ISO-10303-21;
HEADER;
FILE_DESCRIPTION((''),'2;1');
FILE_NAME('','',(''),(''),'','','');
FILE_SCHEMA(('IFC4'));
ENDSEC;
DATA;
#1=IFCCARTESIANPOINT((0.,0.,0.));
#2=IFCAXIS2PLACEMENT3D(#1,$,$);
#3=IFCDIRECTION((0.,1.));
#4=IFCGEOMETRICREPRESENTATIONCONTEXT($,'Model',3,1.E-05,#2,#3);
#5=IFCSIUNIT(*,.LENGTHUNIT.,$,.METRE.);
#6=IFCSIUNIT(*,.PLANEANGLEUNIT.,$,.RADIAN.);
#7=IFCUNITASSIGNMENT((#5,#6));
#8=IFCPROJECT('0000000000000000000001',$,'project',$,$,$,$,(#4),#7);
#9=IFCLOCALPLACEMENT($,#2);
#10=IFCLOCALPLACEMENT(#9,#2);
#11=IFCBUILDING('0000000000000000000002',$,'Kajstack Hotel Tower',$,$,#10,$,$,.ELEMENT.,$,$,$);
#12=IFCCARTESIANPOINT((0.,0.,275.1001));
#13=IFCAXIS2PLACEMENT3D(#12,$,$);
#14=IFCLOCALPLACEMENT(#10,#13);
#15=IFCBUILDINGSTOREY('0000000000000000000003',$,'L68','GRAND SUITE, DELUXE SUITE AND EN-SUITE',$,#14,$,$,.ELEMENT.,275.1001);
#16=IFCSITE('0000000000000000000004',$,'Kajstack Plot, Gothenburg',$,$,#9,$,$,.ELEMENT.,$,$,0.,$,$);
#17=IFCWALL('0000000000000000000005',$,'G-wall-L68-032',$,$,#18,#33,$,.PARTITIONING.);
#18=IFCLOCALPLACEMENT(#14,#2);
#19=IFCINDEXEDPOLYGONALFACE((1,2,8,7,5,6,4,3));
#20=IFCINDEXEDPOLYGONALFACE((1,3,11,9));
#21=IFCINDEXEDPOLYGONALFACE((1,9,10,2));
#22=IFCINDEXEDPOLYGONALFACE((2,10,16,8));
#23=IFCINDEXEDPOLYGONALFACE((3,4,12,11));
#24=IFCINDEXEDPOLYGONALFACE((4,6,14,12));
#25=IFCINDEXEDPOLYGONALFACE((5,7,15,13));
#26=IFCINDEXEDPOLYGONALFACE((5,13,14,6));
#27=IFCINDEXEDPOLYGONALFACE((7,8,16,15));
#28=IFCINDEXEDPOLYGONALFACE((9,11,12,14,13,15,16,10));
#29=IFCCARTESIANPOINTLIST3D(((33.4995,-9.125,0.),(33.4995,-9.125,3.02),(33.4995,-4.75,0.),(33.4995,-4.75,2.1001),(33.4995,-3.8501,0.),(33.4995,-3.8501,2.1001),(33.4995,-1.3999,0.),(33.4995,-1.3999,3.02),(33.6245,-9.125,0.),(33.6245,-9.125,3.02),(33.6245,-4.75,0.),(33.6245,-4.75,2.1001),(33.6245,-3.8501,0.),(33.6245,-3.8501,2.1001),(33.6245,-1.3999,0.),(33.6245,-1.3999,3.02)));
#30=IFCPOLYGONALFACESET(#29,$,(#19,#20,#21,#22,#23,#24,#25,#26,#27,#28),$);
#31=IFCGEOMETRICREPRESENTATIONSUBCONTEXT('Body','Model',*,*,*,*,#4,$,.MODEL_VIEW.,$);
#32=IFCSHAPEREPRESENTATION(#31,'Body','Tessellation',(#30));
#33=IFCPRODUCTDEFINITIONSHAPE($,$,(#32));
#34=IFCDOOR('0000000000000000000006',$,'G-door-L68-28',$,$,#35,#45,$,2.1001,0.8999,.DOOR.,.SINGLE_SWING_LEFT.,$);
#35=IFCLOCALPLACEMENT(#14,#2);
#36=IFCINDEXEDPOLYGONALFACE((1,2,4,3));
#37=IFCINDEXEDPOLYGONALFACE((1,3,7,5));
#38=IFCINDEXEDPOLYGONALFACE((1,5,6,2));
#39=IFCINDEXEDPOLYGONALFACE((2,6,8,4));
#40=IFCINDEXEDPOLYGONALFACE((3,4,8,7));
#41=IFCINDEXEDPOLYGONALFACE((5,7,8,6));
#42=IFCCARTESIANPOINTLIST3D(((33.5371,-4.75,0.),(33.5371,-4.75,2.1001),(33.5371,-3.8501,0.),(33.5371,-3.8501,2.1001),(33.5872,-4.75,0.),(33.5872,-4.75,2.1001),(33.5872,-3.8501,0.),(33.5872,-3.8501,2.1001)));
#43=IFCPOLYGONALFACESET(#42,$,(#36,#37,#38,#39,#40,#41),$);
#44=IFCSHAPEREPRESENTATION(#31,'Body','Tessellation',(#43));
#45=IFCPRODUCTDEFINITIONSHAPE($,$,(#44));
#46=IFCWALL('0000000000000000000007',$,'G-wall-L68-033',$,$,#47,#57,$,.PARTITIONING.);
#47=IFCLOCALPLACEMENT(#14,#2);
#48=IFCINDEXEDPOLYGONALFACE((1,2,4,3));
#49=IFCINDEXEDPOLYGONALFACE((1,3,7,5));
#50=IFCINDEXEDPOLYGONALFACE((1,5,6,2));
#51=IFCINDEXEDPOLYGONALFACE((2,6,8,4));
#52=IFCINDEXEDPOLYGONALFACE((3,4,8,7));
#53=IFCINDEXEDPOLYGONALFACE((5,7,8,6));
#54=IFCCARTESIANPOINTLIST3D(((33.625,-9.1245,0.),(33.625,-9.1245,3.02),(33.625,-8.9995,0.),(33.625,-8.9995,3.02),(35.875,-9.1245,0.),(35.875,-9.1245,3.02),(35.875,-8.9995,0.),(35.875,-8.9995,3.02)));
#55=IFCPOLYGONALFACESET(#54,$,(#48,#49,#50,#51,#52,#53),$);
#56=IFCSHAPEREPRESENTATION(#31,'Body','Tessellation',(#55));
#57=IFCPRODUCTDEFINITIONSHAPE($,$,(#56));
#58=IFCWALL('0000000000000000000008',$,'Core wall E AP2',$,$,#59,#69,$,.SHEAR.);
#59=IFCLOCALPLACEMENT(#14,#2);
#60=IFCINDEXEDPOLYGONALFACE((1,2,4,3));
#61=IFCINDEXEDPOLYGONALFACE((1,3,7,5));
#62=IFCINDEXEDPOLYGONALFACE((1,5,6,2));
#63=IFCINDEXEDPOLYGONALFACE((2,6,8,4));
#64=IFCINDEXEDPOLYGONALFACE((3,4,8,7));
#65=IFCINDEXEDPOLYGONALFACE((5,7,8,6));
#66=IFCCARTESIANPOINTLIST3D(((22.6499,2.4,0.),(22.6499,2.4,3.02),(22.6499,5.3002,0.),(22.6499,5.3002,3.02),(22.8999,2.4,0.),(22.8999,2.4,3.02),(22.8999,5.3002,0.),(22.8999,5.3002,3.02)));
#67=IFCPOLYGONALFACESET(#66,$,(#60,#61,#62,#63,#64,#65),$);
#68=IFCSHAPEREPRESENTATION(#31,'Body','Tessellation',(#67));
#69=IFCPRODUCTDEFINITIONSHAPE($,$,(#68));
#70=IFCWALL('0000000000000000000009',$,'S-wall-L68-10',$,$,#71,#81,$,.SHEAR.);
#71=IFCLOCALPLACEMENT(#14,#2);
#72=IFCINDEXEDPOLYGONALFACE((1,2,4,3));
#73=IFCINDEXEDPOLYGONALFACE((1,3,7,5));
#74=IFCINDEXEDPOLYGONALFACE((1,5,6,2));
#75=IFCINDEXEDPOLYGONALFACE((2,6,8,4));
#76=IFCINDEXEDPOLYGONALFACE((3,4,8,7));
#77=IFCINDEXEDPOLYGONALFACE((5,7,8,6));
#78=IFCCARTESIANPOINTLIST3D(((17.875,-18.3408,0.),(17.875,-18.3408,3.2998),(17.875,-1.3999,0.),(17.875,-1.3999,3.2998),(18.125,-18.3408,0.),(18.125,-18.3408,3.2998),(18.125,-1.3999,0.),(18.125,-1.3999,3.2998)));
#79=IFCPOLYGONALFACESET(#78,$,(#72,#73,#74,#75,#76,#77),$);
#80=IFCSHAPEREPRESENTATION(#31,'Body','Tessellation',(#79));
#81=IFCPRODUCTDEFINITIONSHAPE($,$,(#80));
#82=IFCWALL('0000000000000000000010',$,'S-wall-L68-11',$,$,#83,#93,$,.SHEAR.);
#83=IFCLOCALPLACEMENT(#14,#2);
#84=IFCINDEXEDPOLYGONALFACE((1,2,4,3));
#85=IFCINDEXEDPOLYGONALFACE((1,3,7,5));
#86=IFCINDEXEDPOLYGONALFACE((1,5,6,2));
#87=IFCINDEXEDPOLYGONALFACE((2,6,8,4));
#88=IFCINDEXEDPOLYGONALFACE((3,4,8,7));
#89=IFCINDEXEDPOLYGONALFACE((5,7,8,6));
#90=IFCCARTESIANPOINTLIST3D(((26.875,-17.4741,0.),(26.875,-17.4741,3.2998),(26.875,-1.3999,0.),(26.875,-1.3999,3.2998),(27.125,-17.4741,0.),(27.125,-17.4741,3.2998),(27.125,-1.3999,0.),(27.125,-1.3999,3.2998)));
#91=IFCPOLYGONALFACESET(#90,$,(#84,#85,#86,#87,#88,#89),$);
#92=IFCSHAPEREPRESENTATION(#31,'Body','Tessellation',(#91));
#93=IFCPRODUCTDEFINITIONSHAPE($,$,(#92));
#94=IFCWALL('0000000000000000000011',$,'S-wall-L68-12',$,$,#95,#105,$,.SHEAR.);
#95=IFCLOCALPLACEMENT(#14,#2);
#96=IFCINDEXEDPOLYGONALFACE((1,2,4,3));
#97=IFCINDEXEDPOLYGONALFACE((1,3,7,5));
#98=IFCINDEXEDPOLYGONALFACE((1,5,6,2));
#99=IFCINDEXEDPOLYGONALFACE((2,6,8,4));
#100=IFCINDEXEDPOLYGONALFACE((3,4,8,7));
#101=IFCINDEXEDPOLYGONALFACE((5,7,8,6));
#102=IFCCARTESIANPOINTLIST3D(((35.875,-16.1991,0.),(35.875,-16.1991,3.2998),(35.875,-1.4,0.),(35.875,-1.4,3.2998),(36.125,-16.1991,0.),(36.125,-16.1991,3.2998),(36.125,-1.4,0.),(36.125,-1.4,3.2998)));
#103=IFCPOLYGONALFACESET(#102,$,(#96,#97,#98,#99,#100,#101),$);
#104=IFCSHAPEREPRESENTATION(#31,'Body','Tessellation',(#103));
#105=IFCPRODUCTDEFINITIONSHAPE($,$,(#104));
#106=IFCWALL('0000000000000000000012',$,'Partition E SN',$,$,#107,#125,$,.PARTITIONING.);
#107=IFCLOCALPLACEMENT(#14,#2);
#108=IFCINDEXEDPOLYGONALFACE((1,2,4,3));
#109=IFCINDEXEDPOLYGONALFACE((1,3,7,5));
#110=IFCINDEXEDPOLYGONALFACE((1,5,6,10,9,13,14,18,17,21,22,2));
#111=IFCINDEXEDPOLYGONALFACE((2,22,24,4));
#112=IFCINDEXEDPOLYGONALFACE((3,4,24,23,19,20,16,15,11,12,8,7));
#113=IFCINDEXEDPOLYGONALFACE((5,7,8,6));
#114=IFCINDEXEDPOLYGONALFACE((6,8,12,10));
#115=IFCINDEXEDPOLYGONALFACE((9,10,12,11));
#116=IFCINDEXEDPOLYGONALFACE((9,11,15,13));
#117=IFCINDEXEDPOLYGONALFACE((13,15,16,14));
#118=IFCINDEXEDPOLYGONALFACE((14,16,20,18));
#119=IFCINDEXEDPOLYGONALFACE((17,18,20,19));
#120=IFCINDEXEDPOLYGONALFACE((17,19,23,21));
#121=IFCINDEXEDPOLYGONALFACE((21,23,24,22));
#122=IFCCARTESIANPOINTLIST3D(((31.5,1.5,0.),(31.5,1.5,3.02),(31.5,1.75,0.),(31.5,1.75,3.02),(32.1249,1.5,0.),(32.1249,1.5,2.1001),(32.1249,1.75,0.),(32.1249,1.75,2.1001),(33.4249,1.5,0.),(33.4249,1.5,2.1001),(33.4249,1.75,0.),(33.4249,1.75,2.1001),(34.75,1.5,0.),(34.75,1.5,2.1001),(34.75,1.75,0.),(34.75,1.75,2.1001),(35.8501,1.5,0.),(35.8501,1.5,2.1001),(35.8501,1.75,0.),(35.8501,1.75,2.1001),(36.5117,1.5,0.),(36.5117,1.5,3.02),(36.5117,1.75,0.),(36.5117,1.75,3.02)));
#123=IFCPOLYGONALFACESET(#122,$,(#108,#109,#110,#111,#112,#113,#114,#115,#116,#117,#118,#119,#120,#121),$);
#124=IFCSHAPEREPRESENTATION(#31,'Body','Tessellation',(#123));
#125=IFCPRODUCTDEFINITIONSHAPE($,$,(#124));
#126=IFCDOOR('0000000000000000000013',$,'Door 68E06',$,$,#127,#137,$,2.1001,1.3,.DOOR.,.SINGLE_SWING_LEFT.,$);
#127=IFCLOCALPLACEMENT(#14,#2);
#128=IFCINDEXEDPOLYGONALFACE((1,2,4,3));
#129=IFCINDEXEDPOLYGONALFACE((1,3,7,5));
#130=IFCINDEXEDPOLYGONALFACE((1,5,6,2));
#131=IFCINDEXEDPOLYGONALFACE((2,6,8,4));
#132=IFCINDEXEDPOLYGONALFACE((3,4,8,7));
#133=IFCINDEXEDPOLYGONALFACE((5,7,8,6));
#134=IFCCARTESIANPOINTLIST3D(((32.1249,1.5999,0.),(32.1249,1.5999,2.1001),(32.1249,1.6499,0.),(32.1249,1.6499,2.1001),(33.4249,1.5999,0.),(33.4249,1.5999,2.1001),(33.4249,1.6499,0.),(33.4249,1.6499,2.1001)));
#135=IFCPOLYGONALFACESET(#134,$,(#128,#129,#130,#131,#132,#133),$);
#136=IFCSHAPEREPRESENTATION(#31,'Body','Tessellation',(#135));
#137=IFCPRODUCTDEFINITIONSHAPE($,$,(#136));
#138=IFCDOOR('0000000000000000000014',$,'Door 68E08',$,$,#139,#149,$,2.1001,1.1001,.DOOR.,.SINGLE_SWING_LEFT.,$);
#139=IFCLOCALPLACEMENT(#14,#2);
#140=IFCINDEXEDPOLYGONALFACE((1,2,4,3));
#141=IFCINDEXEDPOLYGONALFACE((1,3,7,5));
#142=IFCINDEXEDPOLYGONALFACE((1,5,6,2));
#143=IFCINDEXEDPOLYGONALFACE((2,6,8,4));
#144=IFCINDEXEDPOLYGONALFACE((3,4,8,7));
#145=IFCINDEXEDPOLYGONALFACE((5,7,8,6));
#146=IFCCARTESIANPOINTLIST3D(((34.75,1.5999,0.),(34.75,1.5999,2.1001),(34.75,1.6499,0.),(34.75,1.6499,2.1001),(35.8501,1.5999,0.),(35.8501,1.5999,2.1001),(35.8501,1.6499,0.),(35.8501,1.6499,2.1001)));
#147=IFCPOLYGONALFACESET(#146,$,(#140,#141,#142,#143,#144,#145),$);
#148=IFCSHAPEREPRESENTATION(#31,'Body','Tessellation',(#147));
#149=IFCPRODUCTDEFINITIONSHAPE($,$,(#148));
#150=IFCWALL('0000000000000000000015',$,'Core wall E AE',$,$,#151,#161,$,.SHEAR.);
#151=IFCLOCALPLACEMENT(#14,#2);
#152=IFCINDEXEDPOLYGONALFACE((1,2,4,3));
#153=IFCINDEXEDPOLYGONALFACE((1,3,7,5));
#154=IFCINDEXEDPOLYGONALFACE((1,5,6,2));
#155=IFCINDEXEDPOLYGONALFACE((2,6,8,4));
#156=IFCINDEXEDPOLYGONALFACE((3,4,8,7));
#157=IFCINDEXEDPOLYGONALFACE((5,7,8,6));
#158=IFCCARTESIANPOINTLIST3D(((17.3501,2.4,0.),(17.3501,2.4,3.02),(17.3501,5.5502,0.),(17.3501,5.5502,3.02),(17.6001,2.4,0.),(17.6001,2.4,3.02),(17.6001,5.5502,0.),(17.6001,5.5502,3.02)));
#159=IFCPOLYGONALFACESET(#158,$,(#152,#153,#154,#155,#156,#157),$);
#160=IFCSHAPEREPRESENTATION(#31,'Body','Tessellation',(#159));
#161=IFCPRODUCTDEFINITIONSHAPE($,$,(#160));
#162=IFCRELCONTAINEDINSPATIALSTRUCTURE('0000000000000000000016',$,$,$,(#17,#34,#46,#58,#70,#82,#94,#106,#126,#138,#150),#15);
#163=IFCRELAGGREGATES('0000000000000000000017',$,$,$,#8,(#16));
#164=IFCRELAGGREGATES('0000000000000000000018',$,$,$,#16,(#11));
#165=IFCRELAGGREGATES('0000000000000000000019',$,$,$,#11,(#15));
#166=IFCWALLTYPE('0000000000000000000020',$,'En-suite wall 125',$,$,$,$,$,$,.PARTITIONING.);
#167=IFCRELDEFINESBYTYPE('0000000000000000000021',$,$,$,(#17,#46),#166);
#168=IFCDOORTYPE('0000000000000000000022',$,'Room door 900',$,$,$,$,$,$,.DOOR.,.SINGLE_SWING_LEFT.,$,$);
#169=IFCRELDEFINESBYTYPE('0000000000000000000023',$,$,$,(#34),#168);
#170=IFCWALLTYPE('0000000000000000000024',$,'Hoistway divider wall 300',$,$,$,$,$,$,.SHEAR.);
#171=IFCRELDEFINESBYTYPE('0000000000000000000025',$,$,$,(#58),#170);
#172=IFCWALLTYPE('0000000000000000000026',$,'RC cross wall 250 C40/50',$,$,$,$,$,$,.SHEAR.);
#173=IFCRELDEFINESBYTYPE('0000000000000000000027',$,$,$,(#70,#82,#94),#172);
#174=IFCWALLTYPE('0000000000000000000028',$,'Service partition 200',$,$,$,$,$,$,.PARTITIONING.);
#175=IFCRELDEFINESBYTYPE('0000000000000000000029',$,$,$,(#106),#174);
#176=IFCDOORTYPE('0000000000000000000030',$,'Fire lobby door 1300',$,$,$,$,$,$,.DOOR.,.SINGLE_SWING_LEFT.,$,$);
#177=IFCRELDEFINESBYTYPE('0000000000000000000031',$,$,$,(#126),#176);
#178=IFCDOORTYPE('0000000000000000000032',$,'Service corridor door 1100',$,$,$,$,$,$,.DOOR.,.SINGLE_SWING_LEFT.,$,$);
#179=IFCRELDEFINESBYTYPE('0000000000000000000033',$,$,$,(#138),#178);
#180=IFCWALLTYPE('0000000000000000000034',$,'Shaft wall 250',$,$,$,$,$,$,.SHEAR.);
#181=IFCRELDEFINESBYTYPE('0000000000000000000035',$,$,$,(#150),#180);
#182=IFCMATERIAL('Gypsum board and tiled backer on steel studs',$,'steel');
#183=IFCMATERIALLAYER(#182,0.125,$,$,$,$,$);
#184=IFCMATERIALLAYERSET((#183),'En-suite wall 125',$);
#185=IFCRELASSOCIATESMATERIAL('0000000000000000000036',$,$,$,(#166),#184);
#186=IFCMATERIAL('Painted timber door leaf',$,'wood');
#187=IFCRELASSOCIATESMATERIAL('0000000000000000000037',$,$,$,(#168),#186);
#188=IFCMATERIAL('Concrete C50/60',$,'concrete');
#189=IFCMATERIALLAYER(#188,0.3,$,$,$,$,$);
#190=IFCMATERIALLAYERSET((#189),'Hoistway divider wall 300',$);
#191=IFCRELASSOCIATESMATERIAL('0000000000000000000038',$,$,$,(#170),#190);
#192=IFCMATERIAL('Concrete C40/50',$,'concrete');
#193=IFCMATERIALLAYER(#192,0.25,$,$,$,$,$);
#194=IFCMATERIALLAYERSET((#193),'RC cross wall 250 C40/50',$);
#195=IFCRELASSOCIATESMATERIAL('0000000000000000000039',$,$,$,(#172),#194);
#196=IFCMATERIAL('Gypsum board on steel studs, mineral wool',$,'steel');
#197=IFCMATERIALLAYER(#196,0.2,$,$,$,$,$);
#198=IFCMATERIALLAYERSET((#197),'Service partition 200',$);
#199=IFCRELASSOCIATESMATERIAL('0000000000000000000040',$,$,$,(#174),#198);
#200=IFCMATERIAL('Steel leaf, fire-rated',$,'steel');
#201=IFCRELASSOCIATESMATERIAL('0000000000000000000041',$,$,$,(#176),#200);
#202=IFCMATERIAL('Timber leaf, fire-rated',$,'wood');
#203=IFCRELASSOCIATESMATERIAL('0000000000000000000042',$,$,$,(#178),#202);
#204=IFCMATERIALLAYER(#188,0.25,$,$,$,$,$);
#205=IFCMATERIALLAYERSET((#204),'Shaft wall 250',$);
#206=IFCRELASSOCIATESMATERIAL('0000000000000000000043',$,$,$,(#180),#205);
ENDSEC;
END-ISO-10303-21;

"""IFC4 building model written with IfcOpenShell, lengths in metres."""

from ifc_helpers import new_model, si_unit, direction, frame, frame_2d, origin, place, context, subcontext, project, spatial, rectangle, extrude, material, layer, layer_set, type_object, element, fill, save


model = new_model("IFC4")

# Units and contexts
model_context = context("Model", 3, precision=1e-05, world=origin(), true_north=direction((0.0, 1.0)))
body_context = subcontext(model_context, "Body", "Model", "MODEL_VIEW")
ifc_project = project(units=[si_unit("LENGTHUNIT", "METRE"), si_unit("PLANEANGLEUNIT", "RADIAN")], contexts=[model_context])

# Site, building, storey
site_placement = place(None, origin())
site = spatial("IfcSite", under=ifc_project, at=site_placement, Name="Kajstack Plot, Gothenburg", CompositionType="ELEMENT", RefElevation=0.0)
building_placement = place(site_placement, origin())
building = spatial("IfcBuilding", under=site, at=building_placement, Name="Kajstack Hotel Tower", CompositionType="ELEMENT")
storey_placement = place(building_placement, frame((0.0, 0.0, 275.1001)))
storey = spatial("IfcBuildingStorey", under=building, at=storey_placement, Name="L68", Description="GRAND SUITE, DELUXE SUITE AND EN-SUITE", CompositionType="ELEMENT", Elevation=275.1001)

# Shared definitions
ifc_material_1 = material(Name="Gypsum board and tiled backer on steel studs", Category="steel")
ifc_layer_1 = layer(ifc_material_1, 0.125)
ifc_layer_set_1 = layer_set([ifc_layer_1], Name="En-suite wall 125")
wall_type_1 = type_object("IfcWallType", Name="En-suite wall 125", PredefinedType="PARTITIONING", material=ifc_layer_set_1)
ifc_material_2 = material(Name="Painted timber door leaf", Category="wood")
door_type_1 = type_object("IfcDoorType", Name="Room door 900", OperationType="SINGLE_SWING_LEFT", PredefinedType="DOOR", material=ifc_material_2)

# Wall, opening, door
wall_1_placement = place(storey_placement, frame((33.562, -9.125, 0.0), z_axis=(0.0, 0.0, 1.0), x_axis=(0.0, 1.0, 0.0)))
wall_1 = element("IfcWall", 1, at=wall_1_placement, inside=storey, type_object=wall_type_1, Name="G-wall-L68-032", PredefinedType="PARTITIONING", context=body_context, shape_type="SweptSolid", body=[
    extrude(rectangle(XDim=7.7251, YDim=0.125, at=frame_2d((3.8625, 0.0))), origin(), (0.0, 0.0, 1.0), 3.02),
])
opening_1_placement = place(wall_1_placement, frame((4.375, 0.0, 0.0)))
opening_1 = element("IfcOpeningElement", 2, at=opening_1_placement, cuts=wall_1, PredefinedType="OPENING", context=body_context, shape_type="SweptSolid", body=[
    extrude(rectangle(XDim=0.8999, YDim=2.1001, at=frame_2d((0.45, 1.05))), frame((0.0, 0.0725, 0.0), z_axis=(0.0, -1.0, 0.0), x_axis=(1.0, 0.0, 0.0)), (0.0, 0.0, 1.0), 0.145),
])
door_1_placement = place(opening_1_placement, origin())
door_1 = element("IfcDoor", 3, at=door_1_placement, inside=storey, type_object=door_type_1, Name="G-door-L68-28", OperationType="SINGLE_SWING_LEFT", OverallHeight=2.1001, OverallWidth=0.8999, PredefinedType="DOOR", context=body_context, shape_type="SweptSolid", body=[
    extrude(rectangle(XDim=0.8999, YDim=2.1001, at=frame_2d((0.45, 1.05))), frame((0.0, 0.0249, 0.0), z_axis=(0.0, -1.0, 0.0), x_axis=(1.0, 0.0, 0.0)), (0.0, 0.0, 1.0), 0.05),
])
fill(opening_1, door_1)

# Walls
wall_2_placement = place(storey_placement, frame((33.625, -9.062, 0.0), z_axis=(0.0, 0.0, 1.0), x_axis=(1.0, 0.0, 0.0)))
element("IfcWall", 4, at=wall_2_placement, inside=storey, type_object=wall_type_1, Name="G-wall-L68-033", PredefinedType="PARTITIONING", context=body_context, shape_type="SweptSolid", body=[
    extrude(rectangle(XDim=2.25, YDim=0.125, at=frame_2d((1.125, 0.0))), origin(), (0.0, 0.0, 1.0), 3.02),
])
ifc_material_3 = material(Name="Concrete C50/60", Category="concrete")
ifc_layer_2 = layer(ifc_material_3, 0.3)
ifc_layer_set_2 = layer_set([ifc_layer_2], Name="Hoistway divider wall 300")
wall_type_2 = type_object("IfcWallType", Name="Hoistway divider wall 300", PredefinedType="SHEAR", material=ifc_layer_set_2)
wall_3_placement = place(storey_placement, frame((22.7749, 2.3999, 0.0), z_axis=(0.0, 0.0, 1.0), x_axis=(0.0, 1.0, 0.0)))
element("IfcWall", 5, at=wall_3_placement, inside=storey, type_object=wall_type_2, Name="Core wall E AP2", PredefinedType="SHEAR", context=body_context, shape_type="SweptSolid", body=[
    extrude(rectangle(XDim=2.9001, YDim=0.25, at=frame_2d((1.4502, 0.0))), origin(), (0.0, 0.0, 1.0), 3.02),
])
ifc_material_4 = material(Name="Concrete C40/50", Category="concrete")
ifc_layer_3 = layer(ifc_material_4, 0.25)
ifc_layer_set_3 = layer_set([ifc_layer_3], Name="RC cross wall 250 C40/50")
wall_type_3 = type_object("IfcWallType", Name="RC cross wall 250 C40/50", PredefinedType="SHEAR", material=ifc_layer_set_3)
wall_4_placement = place(storey_placement, frame((18.0, -18.3408, 0.0), z_axis=(0.0, 0.0, 1.0), x_axis=(0.0, 1.0, 0.0)))
element("IfcWall", 6, at=wall_4_placement, inside=storey, type_object=wall_type_3, Name="S-wall-L68-10", PredefinedType="SHEAR", context=body_context, shape_type="SweptSolid", body=[
    extrude(rectangle(XDim=16.9409, YDim=0.25, at=frame_2d((8.4705, 0.0))), origin(), (0.0, 0.0, 1.0), 3.2998),
])
wall_5_placement = place(storey_placement, frame((27.0, -17.4741, 0.0), z_axis=(0.0, 0.0, 1.0), x_axis=(0.0, 1.0, 0.0)))
element("IfcWall", 7, at=wall_5_placement, inside=storey, type_object=wall_type_3, Name="S-wall-L68-11", PredefinedType="SHEAR", context=body_context, shape_type="SweptSolid", body=[
    extrude(rectangle(XDim=16.0742, YDim=0.25, at=frame_2d((8.0371, 0.0))), origin(), (0.0, 0.0, 1.0), 3.2998),
])
wall_6_placement = place(storey_placement, frame((36.0, -16.199, 0.0), z_axis=(0.0, 0.0, 1.0), x_axis=(0.0, 1.0, 0.0)))
element("IfcWall", 8, at=wall_6_placement, inside=storey, type_object=wall_type_3, Name="S-wall-L68-12", PredefinedType="SHEAR", context=body_context, shape_type="SweptSolid", body=[
    extrude(rectangle(XDim=14.7991, YDim=0.25, at=frame_2d((7.3994, 0.0))), origin(), (0.0, 0.0, 1.0), 3.2998),
])

# Wall, openings, doors
ifc_material_5 = material(Name="Gypsum board on steel studs, mineral wool", Category="steel")
ifc_layer_4 = layer(ifc_material_5, 0.2)
ifc_layer_set_4 = layer_set([ifc_layer_4], Name="Service partition 200")
wall_type_4 = type_object("IfcWallType", Name="Service partition 200", PredefinedType="PARTITIONING", material=ifc_layer_set_4)
wall_7_placement = place(storey_placement, frame((31.5, 1.625, 0.0), z_axis=(0.0, 0.0, 1.0), x_axis=(1.0, 0.0, 0.0)))
wall_7 = element("IfcWall", 9, at=wall_7_placement, inside=storey, type_object=wall_type_4, Name="Partition E SN", PredefinedType="PARTITIONING", context=body_context, shape_type="SweptSolid", body=[
    extrude(rectangle(XDim=5.0117, YDim=0.25, at=frame_2d((2.5059, 0.0))), origin(), (0.0, 0.0, 1.0), 3.02),
])
opening_2_placement = place(wall_7_placement, frame((0.625, 0.0, 0.0)))
opening_2 = element("IfcOpeningElement", 10, at=opening_2_placement, cuts=wall_7, PredefinedType="OPENING", context=body_context, shape_type="SweptSolid", body=[
    extrude(rectangle(XDim=1.3, YDim=2.1001, at=frame_2d((0.6499, 1.05))), frame((0.0, 0.135, 0.0), z_axis=(0.0, -1.0, 0.0), x_axis=(1.0, 0.0, 0.0)), (0.0, 0.0, 1.0), 0.27),
])
opening_3_placement = place(wall_7_placement, frame((3.25, 0.0, 0.0)))
opening_3 = element("IfcOpeningElement", 11, at=opening_3_placement, cuts=wall_7, PredefinedType="OPENING", context=body_context, shape_type="SweptSolid", body=[
    extrude(rectangle(XDim=1.1001, YDim=2.1001, at=frame_2d((0.55, 1.05))), frame((0.0, 0.135, 0.0), z_axis=(0.0, -1.0, 0.0), x_axis=(1.0, 0.0, 0.0)), (0.0, 0.0, 1.0), 0.27),
])
ifc_material_6 = material(Name="Steel leaf, fire-rated", Category="steel")
door_type_2 = type_object("IfcDoorType", Name="Fire lobby door 1300", OperationType="SINGLE_SWING_LEFT", PredefinedType="DOOR", material=ifc_material_6)
door_2_placement = place(opening_2_placement, origin())
door_2 = element("IfcDoor", 12, at=door_2_placement, inside=storey, type_object=door_type_2, Name="Door 68E06", OperationType="SINGLE_SWING_LEFT", OverallHeight=2.1001, OverallWidth=1.3, PredefinedType="DOOR", context=body_context, shape_type="SweptSolid", body=[
    extrude(rectangle(XDim=1.3, YDim=2.1001, at=frame_2d((0.6499, 1.05))), frame((0.0, 0.0249, 0.0), z_axis=(0.0, -1.0, 0.0), x_axis=(1.0, 0.0, 0.0)), (0.0, 0.0, 1.0), 0.05),
])
fill(opening_2, door_2)
ifc_material_7 = material(Name="Timber leaf, fire-rated", Category="wood")
door_type_3 = type_object("IfcDoorType", Name="Service corridor door 1100", OperationType="SINGLE_SWING_LEFT", PredefinedType="DOOR", material=ifc_material_7)
door_3_placement = place(opening_3_placement, origin())
door_3 = element("IfcDoor", 13, at=door_3_placement, inside=storey, type_object=door_type_3, Name="Door 68E08", OperationType="SINGLE_SWING_LEFT", OverallHeight=2.1001, OverallWidth=1.1001, PredefinedType="DOOR", context=body_context, shape_type="SweptSolid", body=[
    extrude(rectangle(XDim=1.1001, YDim=2.1001, at=frame_2d((0.55, 1.05))), frame((0.0, 0.0249, 0.0), z_axis=(0.0, -1.0, 0.0), x_axis=(1.0, 0.0, 0.0)), (0.0, 0.0, 1.0), 0.05),
])
fill(opening_3, door_3)

# Wall
ifc_layer_5 = layer(ifc_material_3, 0.25)
ifc_layer_set_5 = layer_set([ifc_layer_5], Name="Shaft wall 250")
wall_type_5 = type_object("IfcWallType", Name="Shaft wall 250", PredefinedType="SHEAR", material=ifc_layer_set_5)
wall_8_placement = place(storey_placement, frame((17.4751, 2.3999, 0.0), z_axis=(0.0, 0.0, 1.0), x_axis=(0.0, 1.0, 0.0)))
element("IfcWall", 14, at=wall_8_placement, inside=storey, type_object=wall_type_5, Name="Core wall E AE", PredefinedType="SHEAR", context=body_context, shape_type="SweptSolid", body=[
    extrude(rectangle(XDim=3.1501, YDim=0.25, at=frame_2d((1.5752, 0.0))), origin(), (0.0, 0.0, 1.0), 3.02),
])

save(model, "model.ifc")
